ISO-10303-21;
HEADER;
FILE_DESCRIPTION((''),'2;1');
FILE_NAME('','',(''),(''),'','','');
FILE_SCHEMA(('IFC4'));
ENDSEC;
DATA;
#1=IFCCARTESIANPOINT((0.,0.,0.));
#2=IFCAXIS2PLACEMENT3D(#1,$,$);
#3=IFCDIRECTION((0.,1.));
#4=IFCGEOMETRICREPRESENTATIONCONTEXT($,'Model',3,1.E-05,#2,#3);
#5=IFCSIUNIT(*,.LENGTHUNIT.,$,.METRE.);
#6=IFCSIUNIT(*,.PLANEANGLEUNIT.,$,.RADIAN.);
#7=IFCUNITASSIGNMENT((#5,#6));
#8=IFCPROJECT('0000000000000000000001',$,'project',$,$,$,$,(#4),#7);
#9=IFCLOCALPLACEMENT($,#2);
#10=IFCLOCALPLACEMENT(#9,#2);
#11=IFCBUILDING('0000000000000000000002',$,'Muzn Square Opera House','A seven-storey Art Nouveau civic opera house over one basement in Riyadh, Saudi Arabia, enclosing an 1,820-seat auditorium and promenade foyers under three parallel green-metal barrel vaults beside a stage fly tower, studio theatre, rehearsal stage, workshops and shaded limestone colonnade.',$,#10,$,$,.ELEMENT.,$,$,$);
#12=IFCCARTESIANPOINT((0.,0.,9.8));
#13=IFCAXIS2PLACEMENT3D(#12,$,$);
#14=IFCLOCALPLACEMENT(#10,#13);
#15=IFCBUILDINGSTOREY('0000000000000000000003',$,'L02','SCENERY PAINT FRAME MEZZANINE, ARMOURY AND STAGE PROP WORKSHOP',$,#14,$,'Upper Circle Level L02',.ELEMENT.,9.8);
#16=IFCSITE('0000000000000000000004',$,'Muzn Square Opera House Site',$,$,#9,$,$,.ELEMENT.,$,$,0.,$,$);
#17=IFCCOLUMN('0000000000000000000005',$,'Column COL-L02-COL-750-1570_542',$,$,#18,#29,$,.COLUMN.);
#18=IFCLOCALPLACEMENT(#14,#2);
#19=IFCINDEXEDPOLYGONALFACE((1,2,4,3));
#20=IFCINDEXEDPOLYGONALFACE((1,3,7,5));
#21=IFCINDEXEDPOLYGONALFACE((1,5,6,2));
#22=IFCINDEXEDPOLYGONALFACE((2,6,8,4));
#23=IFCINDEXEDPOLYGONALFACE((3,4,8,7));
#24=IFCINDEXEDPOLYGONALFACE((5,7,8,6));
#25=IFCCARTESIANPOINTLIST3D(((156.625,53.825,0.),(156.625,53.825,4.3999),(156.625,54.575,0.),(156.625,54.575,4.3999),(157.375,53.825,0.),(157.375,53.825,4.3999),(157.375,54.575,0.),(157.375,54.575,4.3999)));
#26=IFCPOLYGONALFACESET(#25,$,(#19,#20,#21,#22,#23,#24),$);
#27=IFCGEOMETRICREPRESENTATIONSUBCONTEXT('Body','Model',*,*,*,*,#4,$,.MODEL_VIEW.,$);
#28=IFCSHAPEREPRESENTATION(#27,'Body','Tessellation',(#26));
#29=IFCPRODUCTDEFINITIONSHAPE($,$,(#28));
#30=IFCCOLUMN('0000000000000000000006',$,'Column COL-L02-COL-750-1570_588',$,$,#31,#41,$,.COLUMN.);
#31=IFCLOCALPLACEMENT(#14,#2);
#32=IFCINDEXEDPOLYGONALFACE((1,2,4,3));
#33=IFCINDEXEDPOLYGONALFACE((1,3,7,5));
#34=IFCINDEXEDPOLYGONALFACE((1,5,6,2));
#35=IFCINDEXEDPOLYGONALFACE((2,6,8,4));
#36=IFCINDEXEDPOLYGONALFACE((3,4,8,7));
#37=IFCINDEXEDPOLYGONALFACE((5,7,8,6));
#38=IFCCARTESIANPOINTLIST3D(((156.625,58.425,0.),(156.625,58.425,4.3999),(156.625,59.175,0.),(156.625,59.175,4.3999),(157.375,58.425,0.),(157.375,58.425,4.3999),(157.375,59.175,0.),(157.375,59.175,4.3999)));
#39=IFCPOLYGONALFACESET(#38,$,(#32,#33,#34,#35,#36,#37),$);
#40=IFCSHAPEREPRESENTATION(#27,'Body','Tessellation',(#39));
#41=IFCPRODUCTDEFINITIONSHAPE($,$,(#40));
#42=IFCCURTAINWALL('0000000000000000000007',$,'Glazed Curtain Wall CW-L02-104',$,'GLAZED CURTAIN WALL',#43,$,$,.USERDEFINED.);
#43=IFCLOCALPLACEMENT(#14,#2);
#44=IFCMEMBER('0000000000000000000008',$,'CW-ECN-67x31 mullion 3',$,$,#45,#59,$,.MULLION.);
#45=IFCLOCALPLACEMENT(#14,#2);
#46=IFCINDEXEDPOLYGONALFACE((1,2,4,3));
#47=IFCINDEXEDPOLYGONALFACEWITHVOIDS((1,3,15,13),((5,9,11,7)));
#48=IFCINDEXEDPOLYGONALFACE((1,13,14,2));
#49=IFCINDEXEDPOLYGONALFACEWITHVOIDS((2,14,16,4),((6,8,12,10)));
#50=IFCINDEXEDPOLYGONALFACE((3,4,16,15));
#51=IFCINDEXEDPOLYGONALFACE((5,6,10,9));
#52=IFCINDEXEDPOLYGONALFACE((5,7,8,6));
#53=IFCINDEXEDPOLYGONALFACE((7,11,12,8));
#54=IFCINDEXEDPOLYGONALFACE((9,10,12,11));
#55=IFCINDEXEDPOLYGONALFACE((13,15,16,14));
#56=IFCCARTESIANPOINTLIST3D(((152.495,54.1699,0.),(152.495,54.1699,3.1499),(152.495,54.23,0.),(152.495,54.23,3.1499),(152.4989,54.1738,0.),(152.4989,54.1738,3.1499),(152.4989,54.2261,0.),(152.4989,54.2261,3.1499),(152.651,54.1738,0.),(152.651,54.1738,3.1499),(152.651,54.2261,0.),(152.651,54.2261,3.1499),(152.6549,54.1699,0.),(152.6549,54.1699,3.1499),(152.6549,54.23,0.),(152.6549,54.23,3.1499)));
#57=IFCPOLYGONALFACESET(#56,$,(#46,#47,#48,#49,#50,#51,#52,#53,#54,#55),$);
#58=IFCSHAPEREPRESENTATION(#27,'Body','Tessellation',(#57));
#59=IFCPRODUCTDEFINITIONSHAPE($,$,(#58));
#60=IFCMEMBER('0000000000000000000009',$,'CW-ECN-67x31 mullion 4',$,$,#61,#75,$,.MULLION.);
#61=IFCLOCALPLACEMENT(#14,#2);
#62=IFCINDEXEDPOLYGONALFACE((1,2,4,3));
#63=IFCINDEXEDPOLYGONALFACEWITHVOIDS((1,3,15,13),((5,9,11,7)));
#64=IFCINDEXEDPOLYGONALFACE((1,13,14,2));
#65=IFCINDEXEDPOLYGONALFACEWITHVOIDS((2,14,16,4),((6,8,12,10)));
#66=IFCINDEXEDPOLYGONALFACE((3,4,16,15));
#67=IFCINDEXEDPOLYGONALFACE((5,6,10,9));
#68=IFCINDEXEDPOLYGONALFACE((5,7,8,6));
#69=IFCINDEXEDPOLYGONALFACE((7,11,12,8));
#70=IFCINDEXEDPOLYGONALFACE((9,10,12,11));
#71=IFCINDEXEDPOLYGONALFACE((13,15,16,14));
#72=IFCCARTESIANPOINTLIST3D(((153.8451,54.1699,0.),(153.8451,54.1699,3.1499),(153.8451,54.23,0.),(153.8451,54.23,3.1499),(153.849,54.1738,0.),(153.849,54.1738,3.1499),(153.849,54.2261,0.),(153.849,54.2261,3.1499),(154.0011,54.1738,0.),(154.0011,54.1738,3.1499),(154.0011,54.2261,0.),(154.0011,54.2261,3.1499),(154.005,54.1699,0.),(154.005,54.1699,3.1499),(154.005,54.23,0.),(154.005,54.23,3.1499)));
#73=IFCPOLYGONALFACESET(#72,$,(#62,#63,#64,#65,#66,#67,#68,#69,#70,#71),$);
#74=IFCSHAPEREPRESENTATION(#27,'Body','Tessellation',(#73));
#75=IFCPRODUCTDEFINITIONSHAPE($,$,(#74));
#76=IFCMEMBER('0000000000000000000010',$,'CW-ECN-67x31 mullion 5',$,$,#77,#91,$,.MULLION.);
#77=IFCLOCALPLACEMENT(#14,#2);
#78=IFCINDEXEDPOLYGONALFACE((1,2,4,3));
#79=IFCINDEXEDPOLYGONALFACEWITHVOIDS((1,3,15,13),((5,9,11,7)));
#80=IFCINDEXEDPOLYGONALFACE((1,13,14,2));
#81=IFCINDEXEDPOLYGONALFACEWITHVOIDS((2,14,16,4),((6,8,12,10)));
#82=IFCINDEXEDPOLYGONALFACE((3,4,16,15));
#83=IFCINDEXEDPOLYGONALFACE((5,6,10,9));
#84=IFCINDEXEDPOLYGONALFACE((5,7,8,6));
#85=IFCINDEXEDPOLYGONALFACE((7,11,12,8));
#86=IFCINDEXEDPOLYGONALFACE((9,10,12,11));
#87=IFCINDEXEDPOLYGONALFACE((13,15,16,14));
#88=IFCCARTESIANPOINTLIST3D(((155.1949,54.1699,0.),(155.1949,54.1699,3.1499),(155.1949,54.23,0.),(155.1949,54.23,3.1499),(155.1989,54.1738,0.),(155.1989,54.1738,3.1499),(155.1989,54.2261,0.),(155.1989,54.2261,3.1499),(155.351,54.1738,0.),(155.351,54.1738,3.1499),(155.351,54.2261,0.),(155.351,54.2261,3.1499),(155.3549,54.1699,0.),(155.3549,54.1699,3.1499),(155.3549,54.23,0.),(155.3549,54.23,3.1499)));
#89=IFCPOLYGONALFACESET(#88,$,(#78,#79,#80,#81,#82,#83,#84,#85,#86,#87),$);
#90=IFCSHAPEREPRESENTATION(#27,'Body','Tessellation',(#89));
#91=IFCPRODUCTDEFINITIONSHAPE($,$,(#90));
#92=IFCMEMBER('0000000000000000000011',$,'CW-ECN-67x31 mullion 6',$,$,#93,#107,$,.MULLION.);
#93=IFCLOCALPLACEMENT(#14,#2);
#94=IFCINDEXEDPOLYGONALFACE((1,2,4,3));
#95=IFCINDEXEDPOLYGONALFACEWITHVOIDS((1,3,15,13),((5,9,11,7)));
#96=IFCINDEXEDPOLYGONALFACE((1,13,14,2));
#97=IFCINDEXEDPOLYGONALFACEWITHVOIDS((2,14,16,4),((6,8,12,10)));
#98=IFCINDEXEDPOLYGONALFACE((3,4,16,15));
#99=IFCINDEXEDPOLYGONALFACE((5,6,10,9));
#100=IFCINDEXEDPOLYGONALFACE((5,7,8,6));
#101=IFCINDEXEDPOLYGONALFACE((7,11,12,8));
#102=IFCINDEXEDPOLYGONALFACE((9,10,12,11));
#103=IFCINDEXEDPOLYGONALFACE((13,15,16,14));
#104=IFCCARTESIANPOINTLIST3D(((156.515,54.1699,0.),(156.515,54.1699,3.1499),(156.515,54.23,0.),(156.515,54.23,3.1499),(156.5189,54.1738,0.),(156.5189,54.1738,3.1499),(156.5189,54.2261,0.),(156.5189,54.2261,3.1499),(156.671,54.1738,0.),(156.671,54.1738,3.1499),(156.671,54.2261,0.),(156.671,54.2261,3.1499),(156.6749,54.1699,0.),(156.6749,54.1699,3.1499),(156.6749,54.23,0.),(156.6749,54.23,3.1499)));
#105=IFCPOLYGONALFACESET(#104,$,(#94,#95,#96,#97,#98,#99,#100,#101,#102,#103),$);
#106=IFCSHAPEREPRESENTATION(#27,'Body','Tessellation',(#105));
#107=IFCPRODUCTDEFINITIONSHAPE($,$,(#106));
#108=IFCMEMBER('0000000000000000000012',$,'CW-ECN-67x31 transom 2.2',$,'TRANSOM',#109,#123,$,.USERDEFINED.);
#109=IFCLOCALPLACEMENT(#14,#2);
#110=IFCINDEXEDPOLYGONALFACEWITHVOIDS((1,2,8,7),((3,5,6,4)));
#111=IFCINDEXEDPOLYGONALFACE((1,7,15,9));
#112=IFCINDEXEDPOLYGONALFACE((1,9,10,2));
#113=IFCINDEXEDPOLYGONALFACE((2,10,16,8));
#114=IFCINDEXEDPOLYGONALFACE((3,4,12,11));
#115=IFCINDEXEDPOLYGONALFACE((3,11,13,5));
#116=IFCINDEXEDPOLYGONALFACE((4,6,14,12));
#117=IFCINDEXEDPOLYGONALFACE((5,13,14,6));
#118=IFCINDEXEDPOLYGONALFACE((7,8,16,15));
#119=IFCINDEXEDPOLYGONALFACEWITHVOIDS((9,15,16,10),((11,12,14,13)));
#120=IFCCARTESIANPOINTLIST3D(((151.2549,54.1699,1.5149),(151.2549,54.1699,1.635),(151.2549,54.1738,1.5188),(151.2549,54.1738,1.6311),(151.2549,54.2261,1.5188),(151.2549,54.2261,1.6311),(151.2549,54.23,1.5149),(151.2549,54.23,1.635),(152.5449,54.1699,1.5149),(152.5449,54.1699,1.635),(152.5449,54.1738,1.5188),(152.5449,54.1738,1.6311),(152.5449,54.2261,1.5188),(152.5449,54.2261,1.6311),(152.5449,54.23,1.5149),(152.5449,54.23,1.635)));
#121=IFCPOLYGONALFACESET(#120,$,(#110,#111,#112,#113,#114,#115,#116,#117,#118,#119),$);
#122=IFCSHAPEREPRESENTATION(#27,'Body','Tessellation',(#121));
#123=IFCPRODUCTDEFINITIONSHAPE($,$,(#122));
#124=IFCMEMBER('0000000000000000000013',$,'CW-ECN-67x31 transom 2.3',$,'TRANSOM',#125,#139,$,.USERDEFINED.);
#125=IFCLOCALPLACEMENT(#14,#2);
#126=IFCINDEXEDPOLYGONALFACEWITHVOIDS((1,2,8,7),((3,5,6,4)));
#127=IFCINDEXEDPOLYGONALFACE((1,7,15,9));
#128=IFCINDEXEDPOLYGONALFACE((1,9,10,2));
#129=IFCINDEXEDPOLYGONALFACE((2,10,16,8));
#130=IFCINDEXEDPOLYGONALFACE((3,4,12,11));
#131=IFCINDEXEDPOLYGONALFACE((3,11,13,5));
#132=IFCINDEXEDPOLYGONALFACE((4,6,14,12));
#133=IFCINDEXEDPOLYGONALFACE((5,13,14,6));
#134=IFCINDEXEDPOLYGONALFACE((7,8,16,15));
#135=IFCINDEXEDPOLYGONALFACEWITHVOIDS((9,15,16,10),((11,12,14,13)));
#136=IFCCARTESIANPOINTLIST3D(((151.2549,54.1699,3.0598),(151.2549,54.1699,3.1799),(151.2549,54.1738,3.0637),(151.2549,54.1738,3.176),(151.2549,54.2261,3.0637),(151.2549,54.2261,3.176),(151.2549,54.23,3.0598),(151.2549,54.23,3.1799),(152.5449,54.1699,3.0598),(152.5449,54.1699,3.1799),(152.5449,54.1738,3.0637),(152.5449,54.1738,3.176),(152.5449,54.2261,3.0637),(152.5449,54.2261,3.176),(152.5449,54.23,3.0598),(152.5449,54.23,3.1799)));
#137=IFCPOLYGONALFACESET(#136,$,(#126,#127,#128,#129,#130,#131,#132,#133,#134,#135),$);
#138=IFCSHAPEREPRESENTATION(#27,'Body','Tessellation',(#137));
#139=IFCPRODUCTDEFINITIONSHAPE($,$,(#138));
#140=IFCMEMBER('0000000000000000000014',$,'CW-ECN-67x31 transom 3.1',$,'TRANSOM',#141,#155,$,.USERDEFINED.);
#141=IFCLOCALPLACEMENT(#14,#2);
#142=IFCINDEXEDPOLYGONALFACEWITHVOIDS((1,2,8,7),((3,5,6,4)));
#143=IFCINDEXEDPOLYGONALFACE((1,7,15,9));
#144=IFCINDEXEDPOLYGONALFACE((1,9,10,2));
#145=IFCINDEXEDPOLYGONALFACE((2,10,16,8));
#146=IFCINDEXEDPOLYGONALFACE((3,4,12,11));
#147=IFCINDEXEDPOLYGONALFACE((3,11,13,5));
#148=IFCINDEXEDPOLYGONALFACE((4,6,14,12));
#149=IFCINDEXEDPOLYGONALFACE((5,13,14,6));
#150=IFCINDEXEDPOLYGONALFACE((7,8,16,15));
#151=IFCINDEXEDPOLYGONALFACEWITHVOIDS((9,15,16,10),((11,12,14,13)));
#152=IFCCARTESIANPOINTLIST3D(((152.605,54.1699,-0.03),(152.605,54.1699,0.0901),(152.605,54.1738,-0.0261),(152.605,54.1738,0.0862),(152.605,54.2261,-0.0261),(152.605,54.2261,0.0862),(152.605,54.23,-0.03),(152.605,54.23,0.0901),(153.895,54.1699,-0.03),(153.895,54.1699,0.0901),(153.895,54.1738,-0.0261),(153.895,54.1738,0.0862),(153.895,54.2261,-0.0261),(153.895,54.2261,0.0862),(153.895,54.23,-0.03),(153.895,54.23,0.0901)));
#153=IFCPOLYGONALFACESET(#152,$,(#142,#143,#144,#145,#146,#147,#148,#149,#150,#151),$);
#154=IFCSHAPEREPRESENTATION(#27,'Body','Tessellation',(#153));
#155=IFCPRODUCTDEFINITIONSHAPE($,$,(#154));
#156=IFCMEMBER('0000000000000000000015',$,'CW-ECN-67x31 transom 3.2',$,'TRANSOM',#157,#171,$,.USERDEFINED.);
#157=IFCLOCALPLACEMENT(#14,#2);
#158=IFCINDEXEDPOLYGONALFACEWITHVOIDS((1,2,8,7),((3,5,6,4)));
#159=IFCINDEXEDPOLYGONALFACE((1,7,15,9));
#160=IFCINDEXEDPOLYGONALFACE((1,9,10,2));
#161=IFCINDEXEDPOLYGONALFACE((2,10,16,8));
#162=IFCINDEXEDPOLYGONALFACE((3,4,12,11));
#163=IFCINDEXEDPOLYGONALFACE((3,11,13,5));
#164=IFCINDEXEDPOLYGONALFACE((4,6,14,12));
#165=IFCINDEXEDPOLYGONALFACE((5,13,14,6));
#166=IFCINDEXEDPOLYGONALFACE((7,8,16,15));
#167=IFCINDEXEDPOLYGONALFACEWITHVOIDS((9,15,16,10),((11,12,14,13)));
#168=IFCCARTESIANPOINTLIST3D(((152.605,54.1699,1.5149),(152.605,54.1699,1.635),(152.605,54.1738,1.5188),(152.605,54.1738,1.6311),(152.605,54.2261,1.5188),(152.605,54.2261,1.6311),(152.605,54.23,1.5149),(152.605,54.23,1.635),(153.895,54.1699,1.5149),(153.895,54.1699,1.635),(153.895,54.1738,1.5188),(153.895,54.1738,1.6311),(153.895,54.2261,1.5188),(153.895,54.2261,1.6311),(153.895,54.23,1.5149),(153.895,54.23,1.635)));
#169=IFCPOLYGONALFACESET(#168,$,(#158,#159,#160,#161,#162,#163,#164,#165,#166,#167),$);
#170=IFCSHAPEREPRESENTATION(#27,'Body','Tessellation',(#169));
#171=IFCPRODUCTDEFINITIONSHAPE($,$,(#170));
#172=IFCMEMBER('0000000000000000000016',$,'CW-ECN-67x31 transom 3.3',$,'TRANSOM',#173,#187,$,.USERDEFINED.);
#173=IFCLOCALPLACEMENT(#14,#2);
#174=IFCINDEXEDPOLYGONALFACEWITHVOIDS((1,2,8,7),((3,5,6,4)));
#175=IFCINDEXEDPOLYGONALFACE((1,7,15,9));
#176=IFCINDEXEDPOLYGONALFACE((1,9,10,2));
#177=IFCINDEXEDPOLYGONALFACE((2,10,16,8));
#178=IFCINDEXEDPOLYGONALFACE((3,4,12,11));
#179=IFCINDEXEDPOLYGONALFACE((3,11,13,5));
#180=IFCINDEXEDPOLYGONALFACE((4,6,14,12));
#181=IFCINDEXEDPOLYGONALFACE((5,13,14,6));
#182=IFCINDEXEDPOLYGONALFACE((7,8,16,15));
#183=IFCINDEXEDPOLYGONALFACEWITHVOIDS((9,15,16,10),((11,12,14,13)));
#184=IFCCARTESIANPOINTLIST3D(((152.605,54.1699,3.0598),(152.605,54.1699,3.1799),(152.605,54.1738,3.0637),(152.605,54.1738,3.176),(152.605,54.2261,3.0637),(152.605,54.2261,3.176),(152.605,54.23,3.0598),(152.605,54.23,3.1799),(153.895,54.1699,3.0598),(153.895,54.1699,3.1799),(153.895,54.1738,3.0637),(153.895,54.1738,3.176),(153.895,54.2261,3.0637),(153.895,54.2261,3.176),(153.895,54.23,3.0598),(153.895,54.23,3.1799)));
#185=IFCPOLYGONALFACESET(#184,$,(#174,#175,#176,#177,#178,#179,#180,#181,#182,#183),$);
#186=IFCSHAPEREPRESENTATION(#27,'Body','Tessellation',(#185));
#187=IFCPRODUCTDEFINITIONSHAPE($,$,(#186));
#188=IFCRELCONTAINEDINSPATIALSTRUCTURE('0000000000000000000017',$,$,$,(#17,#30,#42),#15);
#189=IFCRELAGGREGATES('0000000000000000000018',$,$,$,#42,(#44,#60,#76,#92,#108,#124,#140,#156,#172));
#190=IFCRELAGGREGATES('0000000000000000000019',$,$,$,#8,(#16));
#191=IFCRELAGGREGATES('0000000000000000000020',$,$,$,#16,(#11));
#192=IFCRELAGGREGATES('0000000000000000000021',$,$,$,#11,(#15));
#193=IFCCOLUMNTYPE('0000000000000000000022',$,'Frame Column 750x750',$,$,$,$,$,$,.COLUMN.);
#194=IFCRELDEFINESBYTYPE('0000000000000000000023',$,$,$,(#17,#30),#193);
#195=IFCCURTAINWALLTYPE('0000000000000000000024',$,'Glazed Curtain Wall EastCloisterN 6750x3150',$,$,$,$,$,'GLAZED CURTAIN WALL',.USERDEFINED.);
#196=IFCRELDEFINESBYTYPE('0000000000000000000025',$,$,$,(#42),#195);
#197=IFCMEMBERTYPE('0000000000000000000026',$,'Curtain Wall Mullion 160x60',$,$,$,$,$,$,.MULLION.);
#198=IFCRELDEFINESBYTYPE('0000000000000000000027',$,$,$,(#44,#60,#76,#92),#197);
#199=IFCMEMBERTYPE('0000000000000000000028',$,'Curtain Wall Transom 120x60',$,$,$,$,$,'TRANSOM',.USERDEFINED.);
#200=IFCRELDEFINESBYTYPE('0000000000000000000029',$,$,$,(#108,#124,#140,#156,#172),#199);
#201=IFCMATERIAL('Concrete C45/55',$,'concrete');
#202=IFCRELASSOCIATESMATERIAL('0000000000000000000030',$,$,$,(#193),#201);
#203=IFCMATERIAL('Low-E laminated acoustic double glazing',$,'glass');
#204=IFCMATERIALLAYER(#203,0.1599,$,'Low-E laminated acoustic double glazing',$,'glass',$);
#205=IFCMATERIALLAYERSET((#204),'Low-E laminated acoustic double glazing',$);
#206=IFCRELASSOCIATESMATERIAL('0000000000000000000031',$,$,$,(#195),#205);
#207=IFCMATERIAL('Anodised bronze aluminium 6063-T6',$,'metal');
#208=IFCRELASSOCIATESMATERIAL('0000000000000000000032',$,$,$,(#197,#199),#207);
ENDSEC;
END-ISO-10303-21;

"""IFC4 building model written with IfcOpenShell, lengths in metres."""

from ifc_helpers import new_model, si_unit, direction, frame, origin, origin_2d, place, context, subcontext, project, spatial, rectangle, hollow_rectangle, extrude, material, layer, layer_set, material_profile, profile_set, type_object, element, aggregate, save


model = new_model("IFC4")

# Units and contexts
model_context = context("Model", 3, precision=1e-05, world=origin(), true_north=direction((0.0, 1.0)))
body_context = subcontext(model_context, "Body", "Model", "MODEL_VIEW")
ifc_project = project(units=[si_unit("LENGTHUNIT", "METRE"), si_unit("PLANEANGLEUNIT", "RADIAN")], contexts=[model_context])

# Site, building, storey
site_placement = place(None, origin())
site = spatial("IfcSite", under=ifc_project, at=site_placement, Name="Muzn Square Opera House Site", CompositionType="ELEMENT", RefElevation=0.0)
building_placement = place(site_placement, origin())
building = spatial("IfcBuilding", under=site, at=building_placement, Name="Muzn Square Opera House", Description="A seven-storey Art Nouveau civic opera house over one basement in Riyadh, Saudi Arabia, enclosing an 1,820-seat auditorium and promenade foyers under three parallel green-metal barrel vaults beside a stage fly tower, studio theatre, rehearsal stage, workshops and shaded limestone colonnade.", CompositionType="ELEMENT")
storey_placement = place(building_placement, frame((0.0, 0.0, 9.8)))
storey = spatial("IfcBuildingStorey", under=building, at=storey_placement, Name="L02", Description="SCENERY PAINT FRAME MEZZANINE, ARMOURY AND STAGE PROP WORKSHOP", LongName="Upper Circle Level L02", CompositionType="ELEMENT", Elevation=9.8)

# Columns
ifc_material_1 = material(Name="Concrete C45/55", Category="concrete")
ifc_material_profile_1 = material_profile(ifc_material_1, rectangle(XDim=0.75, YDim=0.75, at=origin_2d()), Name="RC 750x750", Category="concrete")
ifc_profile_set_1 = profile_set([ifc_material_profile_1], Name="Concrete C45/55")
column_type = type_object("IfcColumnType", Name="Frame Column 750x750", PredefinedType="COLUMN", material=ifc_profile_set_1)
for number, where, z_axis, x_axis, name in (
    (1, (157.0, 54.2, 0.0), (0.0, 0.0, 1.0), (1.0, 0.0, 0.0), "Column COL-L02-COL-750-1570_542"),
    (2, (157.0, 58.8, 0.0), (0.0, 0.0, 1.0), (1.0, 0.0, 0.0), "Column COL-L02-COL-750-1570_588"),
):
    element("IfcColumn", number, at=place(storey_placement, frame(where, z_axis=z_axis, x_axis=x_axis)), inside=storey, type_object=column_type, Name=name, PredefinedType="COLUMN", context=body_context, shape_type="SweptSolid", body=[
        extrude(rectangle(XDim=0.75, YDim=0.75, at=origin_2d()), origin(), (0.0, 0.0, 1.0), 4.3999),
    ])

# Curtain wall, members
ifc_material_2 = material(Name="Low-E laminated acoustic double glazing", Category="glass")
ifc_layer_1 = layer(ifc_material_2, 0.1599, Name="Low-E laminated acoustic double glazing", Category="glass")
ifc_layer_set_1 = layer_set([ifc_layer_1], Name="Low-E laminated acoustic double glazing")
curtain_wall_type = type_object("IfcCurtainWallType", Name="Glazed Curtain Wall EastCloisterN 6750x3150", ElementType="GLAZED CURTAIN WALL", PredefinedType="USERDEFINED", material=ifc_layer_set_1)
curtain_wall_placement = place(storey_placement, origin())
curtain_wall = element("IfcCurtainWall", 3, at=curtain_wall_placement, inside=storey, type_object=curtain_wall_type, Name="Glazed Curtain Wall CW-L02-104", ObjectType="GLAZED CURTAIN WALL", PredefinedType="USERDEFINED")
ifc_material_3 = material(Name="Anodised bronze aluminium 6063-T6", Category="metal")
ifc_material_profile_2 = material_profile(ifc_material_3, hollow_rectangle(XDim=0.0601, YDim=0.1599, WallThickness=0.0039, at=origin_2d()), Name="ALU 160x60x4", Category="metal")
ifc_profile_set_2 = profile_set([ifc_material_profile_2], Name="Anodised bronze aluminium 6063-T6")
member_type_1 = type_object("IfcMemberType", Name="Curtain Wall Mullion 160x60", PredefinedType="MULLION", material=ifc_profile_set_2)
member_1_placement = place(storey_placement, frame((152.575, 54.2, 0.0), z_axis=(0.0, 0.0, 1.0), x_axis=(0.0, 1.0, 0.0)))
member_1 = element("IfcMember", 4, at=member_1_placement, type_object=member_type_1, Name="CW-ECN-67x31 mullion 3", PredefinedType="MULLION", context=body_context, shape_type="SweptSolid", body=[
    extrude(hollow_rectangle(XDim=0.0601, YDim=0.1599, WallThickness=0.0039, at=origin_2d()), origin(), (0.0, 0.0, 1.0), 3.1499),
])
member_2_placement = place(storey_placement, frame((153.925, 54.2, 0.0), z_axis=(0.0, 0.0, 1.0), x_axis=(0.0, 1.0, 0.0)))
member_2 = element("IfcMember", 5, at=member_2_placement, type_object=member_type_1, Name="CW-ECN-67x31 mullion 4", PredefinedType="MULLION", context=body_context, shape_type="SweptSolid", body=[
    extrude(hollow_rectangle(XDim=0.0601, YDim=0.1599, WallThickness=0.0039, at=origin_2d()), origin(), (0.0, 0.0, 1.0), 3.1499),
])
member_3_placement = place(storey_placement, frame((155.2749, 54.2, 0.0), z_axis=(0.0, 0.0, 1.0), x_axis=(0.0, 1.0, 0.0)))
member_3 = element("IfcMember", 6, at=member_3_placement, type_object=member_type_1, Name="CW-ECN-67x31 mullion 5", PredefinedType="MULLION", context=body_context, shape_type="SweptSolid", body=[
    extrude(hollow_rectangle(XDim=0.0601, YDim=0.1599, WallThickness=0.0039, at=origin_2d()), origin(), (0.0, 0.0, 1.0), 3.1499),
])
member_4_placement = place(storey_placement, frame((156.595, 54.2, 0.0), z_axis=(0.0, 0.0, 1.0), x_axis=(0.0, 1.0, 0.0)))
member_4 = element("IfcMember", 7, at=member_4_placement, type_object=member_type_1, Name="CW-ECN-67x31 mullion 6", PredefinedType="MULLION", context=body_context, shape_type="SweptSolid", body=[
    extrude(hollow_rectangle(XDim=0.0601, YDim=0.1599, WallThickness=0.0039, at=origin_2d()), origin(), (0.0, 0.0, 1.0), 3.1499),
])
ifc_material_profile_3 = material_profile(ifc_material_3, hollow_rectangle(XDim=0.0601, YDim=0.1201, WallThickness=0.0039, at=origin_2d()), Name="ALU 120x60x4", Category="metal")
ifc_profile_set_3 = profile_set([ifc_material_profile_3], Name="Anodised bronze aluminium 6063-T6")
member_type_2 = type_object("IfcMemberType", Name="Curtain Wall Transom 120x60", ElementType="TRANSOM", PredefinedType="USERDEFINED", material=ifc_profile_set_3)
member_5_placement = place(storey_placement, frame((151.2549, 54.2, 1.575), z_axis=(1.0, 0.0, 0.0), x_axis=(0.0, 1.0, 0.0)))
member_5 = element("IfcMember", 8, at=member_5_placement, type_object=member_type_2, Name="CW-ECN-67x31 transom 2.2", ObjectType="TRANSOM", PredefinedType="USERDEFINED", context=body_context, shape_type="SweptSolid", body=[
    extrude(hollow_rectangle(XDim=0.0601, YDim=0.1201, WallThickness=0.0039, at=origin_2d()), origin(), (0.0, 0.0, 1.0), 1.29),
])
member_6_placement = place(storey_placement, frame((151.2549, 54.2, 3.1199), z_axis=(1.0, 0.0, 0.0), x_axis=(0.0, 1.0, 0.0)))
member_6 = element("IfcMember", 9, at=member_6_placement, type_object=member_type_2, Name="CW-ECN-67x31 transom 2.3", ObjectType="TRANSOM", PredefinedType="USERDEFINED", context=body_context, shape_type="SweptSolid", body=[
    extrude(hollow_rectangle(XDim=0.0601, YDim=0.1201, WallThickness=0.0039, at=origin_2d()), origin(), (0.0, 0.0, 1.0), 1.29),
])
member_7_placement = place(storey_placement, frame((152.605, 54.2, 0.03), z_axis=(1.0, 0.0, 0.0), x_axis=(0.0, 1.0, 0.0)))
member_7 = element("IfcMember", 10, at=member_7_placement, type_object=member_type_2, Name="CW-ECN-67x31 transom 3.1", ObjectType="TRANSOM", PredefinedType="USERDEFINED", context=body_context, shape_type="SweptSolid", body=[
    extrude(hollow_rectangle(XDim=0.0601, YDim=0.1201, WallThickness=0.0039, at=origin_2d()), origin(), (0.0, 0.0, 1.0), 1.29),
])
member_8_placement = place(storey_placement, frame((152.605, 54.2, 1.575), z_axis=(1.0, 0.0, 0.0), x_axis=(0.0, 1.0, 0.0)))
member_8 = element("IfcMember", 11, at=member_8_placement, type_object=member_type_2, Name="CW-ECN-67x31 transom 3.2", ObjectType="TRANSOM", PredefinedType="USERDEFINED", context=body_context, shape_type="SweptSolid", body=[
    extrude(hollow_rectangle(XDim=0.0601, YDim=0.1201, WallThickness=0.0039, at=origin_2d()), origin(), (0.0, 0.0, 1.0), 1.29),
])
member_9_placement = place(storey_placement, frame((152.605, 54.2, 3.1199), z_axis=(1.0, 0.0, 0.0), x_axis=(0.0, 1.0, 0.0)))
member_9 = element("IfcMember", 12, at=member_9_placement, type_object=member_type_2, Name="CW-ECN-67x31 transom 3.3", ObjectType="TRANSOM", PredefinedType="USERDEFINED", context=body_context, shape_type="SweptSolid", body=[
    extrude(hollow_rectangle(XDim=0.0601, YDim=0.1201, WallThickness=0.0039, at=origin_2d()), origin(), (0.0, 0.0, 1.0), 1.29),
])

aggregate(curtain_wall, [member_1, member_2, member_3, member_4, member_5, member_6, member_7, member_8, member_9])

save(model, "model.ifc")
